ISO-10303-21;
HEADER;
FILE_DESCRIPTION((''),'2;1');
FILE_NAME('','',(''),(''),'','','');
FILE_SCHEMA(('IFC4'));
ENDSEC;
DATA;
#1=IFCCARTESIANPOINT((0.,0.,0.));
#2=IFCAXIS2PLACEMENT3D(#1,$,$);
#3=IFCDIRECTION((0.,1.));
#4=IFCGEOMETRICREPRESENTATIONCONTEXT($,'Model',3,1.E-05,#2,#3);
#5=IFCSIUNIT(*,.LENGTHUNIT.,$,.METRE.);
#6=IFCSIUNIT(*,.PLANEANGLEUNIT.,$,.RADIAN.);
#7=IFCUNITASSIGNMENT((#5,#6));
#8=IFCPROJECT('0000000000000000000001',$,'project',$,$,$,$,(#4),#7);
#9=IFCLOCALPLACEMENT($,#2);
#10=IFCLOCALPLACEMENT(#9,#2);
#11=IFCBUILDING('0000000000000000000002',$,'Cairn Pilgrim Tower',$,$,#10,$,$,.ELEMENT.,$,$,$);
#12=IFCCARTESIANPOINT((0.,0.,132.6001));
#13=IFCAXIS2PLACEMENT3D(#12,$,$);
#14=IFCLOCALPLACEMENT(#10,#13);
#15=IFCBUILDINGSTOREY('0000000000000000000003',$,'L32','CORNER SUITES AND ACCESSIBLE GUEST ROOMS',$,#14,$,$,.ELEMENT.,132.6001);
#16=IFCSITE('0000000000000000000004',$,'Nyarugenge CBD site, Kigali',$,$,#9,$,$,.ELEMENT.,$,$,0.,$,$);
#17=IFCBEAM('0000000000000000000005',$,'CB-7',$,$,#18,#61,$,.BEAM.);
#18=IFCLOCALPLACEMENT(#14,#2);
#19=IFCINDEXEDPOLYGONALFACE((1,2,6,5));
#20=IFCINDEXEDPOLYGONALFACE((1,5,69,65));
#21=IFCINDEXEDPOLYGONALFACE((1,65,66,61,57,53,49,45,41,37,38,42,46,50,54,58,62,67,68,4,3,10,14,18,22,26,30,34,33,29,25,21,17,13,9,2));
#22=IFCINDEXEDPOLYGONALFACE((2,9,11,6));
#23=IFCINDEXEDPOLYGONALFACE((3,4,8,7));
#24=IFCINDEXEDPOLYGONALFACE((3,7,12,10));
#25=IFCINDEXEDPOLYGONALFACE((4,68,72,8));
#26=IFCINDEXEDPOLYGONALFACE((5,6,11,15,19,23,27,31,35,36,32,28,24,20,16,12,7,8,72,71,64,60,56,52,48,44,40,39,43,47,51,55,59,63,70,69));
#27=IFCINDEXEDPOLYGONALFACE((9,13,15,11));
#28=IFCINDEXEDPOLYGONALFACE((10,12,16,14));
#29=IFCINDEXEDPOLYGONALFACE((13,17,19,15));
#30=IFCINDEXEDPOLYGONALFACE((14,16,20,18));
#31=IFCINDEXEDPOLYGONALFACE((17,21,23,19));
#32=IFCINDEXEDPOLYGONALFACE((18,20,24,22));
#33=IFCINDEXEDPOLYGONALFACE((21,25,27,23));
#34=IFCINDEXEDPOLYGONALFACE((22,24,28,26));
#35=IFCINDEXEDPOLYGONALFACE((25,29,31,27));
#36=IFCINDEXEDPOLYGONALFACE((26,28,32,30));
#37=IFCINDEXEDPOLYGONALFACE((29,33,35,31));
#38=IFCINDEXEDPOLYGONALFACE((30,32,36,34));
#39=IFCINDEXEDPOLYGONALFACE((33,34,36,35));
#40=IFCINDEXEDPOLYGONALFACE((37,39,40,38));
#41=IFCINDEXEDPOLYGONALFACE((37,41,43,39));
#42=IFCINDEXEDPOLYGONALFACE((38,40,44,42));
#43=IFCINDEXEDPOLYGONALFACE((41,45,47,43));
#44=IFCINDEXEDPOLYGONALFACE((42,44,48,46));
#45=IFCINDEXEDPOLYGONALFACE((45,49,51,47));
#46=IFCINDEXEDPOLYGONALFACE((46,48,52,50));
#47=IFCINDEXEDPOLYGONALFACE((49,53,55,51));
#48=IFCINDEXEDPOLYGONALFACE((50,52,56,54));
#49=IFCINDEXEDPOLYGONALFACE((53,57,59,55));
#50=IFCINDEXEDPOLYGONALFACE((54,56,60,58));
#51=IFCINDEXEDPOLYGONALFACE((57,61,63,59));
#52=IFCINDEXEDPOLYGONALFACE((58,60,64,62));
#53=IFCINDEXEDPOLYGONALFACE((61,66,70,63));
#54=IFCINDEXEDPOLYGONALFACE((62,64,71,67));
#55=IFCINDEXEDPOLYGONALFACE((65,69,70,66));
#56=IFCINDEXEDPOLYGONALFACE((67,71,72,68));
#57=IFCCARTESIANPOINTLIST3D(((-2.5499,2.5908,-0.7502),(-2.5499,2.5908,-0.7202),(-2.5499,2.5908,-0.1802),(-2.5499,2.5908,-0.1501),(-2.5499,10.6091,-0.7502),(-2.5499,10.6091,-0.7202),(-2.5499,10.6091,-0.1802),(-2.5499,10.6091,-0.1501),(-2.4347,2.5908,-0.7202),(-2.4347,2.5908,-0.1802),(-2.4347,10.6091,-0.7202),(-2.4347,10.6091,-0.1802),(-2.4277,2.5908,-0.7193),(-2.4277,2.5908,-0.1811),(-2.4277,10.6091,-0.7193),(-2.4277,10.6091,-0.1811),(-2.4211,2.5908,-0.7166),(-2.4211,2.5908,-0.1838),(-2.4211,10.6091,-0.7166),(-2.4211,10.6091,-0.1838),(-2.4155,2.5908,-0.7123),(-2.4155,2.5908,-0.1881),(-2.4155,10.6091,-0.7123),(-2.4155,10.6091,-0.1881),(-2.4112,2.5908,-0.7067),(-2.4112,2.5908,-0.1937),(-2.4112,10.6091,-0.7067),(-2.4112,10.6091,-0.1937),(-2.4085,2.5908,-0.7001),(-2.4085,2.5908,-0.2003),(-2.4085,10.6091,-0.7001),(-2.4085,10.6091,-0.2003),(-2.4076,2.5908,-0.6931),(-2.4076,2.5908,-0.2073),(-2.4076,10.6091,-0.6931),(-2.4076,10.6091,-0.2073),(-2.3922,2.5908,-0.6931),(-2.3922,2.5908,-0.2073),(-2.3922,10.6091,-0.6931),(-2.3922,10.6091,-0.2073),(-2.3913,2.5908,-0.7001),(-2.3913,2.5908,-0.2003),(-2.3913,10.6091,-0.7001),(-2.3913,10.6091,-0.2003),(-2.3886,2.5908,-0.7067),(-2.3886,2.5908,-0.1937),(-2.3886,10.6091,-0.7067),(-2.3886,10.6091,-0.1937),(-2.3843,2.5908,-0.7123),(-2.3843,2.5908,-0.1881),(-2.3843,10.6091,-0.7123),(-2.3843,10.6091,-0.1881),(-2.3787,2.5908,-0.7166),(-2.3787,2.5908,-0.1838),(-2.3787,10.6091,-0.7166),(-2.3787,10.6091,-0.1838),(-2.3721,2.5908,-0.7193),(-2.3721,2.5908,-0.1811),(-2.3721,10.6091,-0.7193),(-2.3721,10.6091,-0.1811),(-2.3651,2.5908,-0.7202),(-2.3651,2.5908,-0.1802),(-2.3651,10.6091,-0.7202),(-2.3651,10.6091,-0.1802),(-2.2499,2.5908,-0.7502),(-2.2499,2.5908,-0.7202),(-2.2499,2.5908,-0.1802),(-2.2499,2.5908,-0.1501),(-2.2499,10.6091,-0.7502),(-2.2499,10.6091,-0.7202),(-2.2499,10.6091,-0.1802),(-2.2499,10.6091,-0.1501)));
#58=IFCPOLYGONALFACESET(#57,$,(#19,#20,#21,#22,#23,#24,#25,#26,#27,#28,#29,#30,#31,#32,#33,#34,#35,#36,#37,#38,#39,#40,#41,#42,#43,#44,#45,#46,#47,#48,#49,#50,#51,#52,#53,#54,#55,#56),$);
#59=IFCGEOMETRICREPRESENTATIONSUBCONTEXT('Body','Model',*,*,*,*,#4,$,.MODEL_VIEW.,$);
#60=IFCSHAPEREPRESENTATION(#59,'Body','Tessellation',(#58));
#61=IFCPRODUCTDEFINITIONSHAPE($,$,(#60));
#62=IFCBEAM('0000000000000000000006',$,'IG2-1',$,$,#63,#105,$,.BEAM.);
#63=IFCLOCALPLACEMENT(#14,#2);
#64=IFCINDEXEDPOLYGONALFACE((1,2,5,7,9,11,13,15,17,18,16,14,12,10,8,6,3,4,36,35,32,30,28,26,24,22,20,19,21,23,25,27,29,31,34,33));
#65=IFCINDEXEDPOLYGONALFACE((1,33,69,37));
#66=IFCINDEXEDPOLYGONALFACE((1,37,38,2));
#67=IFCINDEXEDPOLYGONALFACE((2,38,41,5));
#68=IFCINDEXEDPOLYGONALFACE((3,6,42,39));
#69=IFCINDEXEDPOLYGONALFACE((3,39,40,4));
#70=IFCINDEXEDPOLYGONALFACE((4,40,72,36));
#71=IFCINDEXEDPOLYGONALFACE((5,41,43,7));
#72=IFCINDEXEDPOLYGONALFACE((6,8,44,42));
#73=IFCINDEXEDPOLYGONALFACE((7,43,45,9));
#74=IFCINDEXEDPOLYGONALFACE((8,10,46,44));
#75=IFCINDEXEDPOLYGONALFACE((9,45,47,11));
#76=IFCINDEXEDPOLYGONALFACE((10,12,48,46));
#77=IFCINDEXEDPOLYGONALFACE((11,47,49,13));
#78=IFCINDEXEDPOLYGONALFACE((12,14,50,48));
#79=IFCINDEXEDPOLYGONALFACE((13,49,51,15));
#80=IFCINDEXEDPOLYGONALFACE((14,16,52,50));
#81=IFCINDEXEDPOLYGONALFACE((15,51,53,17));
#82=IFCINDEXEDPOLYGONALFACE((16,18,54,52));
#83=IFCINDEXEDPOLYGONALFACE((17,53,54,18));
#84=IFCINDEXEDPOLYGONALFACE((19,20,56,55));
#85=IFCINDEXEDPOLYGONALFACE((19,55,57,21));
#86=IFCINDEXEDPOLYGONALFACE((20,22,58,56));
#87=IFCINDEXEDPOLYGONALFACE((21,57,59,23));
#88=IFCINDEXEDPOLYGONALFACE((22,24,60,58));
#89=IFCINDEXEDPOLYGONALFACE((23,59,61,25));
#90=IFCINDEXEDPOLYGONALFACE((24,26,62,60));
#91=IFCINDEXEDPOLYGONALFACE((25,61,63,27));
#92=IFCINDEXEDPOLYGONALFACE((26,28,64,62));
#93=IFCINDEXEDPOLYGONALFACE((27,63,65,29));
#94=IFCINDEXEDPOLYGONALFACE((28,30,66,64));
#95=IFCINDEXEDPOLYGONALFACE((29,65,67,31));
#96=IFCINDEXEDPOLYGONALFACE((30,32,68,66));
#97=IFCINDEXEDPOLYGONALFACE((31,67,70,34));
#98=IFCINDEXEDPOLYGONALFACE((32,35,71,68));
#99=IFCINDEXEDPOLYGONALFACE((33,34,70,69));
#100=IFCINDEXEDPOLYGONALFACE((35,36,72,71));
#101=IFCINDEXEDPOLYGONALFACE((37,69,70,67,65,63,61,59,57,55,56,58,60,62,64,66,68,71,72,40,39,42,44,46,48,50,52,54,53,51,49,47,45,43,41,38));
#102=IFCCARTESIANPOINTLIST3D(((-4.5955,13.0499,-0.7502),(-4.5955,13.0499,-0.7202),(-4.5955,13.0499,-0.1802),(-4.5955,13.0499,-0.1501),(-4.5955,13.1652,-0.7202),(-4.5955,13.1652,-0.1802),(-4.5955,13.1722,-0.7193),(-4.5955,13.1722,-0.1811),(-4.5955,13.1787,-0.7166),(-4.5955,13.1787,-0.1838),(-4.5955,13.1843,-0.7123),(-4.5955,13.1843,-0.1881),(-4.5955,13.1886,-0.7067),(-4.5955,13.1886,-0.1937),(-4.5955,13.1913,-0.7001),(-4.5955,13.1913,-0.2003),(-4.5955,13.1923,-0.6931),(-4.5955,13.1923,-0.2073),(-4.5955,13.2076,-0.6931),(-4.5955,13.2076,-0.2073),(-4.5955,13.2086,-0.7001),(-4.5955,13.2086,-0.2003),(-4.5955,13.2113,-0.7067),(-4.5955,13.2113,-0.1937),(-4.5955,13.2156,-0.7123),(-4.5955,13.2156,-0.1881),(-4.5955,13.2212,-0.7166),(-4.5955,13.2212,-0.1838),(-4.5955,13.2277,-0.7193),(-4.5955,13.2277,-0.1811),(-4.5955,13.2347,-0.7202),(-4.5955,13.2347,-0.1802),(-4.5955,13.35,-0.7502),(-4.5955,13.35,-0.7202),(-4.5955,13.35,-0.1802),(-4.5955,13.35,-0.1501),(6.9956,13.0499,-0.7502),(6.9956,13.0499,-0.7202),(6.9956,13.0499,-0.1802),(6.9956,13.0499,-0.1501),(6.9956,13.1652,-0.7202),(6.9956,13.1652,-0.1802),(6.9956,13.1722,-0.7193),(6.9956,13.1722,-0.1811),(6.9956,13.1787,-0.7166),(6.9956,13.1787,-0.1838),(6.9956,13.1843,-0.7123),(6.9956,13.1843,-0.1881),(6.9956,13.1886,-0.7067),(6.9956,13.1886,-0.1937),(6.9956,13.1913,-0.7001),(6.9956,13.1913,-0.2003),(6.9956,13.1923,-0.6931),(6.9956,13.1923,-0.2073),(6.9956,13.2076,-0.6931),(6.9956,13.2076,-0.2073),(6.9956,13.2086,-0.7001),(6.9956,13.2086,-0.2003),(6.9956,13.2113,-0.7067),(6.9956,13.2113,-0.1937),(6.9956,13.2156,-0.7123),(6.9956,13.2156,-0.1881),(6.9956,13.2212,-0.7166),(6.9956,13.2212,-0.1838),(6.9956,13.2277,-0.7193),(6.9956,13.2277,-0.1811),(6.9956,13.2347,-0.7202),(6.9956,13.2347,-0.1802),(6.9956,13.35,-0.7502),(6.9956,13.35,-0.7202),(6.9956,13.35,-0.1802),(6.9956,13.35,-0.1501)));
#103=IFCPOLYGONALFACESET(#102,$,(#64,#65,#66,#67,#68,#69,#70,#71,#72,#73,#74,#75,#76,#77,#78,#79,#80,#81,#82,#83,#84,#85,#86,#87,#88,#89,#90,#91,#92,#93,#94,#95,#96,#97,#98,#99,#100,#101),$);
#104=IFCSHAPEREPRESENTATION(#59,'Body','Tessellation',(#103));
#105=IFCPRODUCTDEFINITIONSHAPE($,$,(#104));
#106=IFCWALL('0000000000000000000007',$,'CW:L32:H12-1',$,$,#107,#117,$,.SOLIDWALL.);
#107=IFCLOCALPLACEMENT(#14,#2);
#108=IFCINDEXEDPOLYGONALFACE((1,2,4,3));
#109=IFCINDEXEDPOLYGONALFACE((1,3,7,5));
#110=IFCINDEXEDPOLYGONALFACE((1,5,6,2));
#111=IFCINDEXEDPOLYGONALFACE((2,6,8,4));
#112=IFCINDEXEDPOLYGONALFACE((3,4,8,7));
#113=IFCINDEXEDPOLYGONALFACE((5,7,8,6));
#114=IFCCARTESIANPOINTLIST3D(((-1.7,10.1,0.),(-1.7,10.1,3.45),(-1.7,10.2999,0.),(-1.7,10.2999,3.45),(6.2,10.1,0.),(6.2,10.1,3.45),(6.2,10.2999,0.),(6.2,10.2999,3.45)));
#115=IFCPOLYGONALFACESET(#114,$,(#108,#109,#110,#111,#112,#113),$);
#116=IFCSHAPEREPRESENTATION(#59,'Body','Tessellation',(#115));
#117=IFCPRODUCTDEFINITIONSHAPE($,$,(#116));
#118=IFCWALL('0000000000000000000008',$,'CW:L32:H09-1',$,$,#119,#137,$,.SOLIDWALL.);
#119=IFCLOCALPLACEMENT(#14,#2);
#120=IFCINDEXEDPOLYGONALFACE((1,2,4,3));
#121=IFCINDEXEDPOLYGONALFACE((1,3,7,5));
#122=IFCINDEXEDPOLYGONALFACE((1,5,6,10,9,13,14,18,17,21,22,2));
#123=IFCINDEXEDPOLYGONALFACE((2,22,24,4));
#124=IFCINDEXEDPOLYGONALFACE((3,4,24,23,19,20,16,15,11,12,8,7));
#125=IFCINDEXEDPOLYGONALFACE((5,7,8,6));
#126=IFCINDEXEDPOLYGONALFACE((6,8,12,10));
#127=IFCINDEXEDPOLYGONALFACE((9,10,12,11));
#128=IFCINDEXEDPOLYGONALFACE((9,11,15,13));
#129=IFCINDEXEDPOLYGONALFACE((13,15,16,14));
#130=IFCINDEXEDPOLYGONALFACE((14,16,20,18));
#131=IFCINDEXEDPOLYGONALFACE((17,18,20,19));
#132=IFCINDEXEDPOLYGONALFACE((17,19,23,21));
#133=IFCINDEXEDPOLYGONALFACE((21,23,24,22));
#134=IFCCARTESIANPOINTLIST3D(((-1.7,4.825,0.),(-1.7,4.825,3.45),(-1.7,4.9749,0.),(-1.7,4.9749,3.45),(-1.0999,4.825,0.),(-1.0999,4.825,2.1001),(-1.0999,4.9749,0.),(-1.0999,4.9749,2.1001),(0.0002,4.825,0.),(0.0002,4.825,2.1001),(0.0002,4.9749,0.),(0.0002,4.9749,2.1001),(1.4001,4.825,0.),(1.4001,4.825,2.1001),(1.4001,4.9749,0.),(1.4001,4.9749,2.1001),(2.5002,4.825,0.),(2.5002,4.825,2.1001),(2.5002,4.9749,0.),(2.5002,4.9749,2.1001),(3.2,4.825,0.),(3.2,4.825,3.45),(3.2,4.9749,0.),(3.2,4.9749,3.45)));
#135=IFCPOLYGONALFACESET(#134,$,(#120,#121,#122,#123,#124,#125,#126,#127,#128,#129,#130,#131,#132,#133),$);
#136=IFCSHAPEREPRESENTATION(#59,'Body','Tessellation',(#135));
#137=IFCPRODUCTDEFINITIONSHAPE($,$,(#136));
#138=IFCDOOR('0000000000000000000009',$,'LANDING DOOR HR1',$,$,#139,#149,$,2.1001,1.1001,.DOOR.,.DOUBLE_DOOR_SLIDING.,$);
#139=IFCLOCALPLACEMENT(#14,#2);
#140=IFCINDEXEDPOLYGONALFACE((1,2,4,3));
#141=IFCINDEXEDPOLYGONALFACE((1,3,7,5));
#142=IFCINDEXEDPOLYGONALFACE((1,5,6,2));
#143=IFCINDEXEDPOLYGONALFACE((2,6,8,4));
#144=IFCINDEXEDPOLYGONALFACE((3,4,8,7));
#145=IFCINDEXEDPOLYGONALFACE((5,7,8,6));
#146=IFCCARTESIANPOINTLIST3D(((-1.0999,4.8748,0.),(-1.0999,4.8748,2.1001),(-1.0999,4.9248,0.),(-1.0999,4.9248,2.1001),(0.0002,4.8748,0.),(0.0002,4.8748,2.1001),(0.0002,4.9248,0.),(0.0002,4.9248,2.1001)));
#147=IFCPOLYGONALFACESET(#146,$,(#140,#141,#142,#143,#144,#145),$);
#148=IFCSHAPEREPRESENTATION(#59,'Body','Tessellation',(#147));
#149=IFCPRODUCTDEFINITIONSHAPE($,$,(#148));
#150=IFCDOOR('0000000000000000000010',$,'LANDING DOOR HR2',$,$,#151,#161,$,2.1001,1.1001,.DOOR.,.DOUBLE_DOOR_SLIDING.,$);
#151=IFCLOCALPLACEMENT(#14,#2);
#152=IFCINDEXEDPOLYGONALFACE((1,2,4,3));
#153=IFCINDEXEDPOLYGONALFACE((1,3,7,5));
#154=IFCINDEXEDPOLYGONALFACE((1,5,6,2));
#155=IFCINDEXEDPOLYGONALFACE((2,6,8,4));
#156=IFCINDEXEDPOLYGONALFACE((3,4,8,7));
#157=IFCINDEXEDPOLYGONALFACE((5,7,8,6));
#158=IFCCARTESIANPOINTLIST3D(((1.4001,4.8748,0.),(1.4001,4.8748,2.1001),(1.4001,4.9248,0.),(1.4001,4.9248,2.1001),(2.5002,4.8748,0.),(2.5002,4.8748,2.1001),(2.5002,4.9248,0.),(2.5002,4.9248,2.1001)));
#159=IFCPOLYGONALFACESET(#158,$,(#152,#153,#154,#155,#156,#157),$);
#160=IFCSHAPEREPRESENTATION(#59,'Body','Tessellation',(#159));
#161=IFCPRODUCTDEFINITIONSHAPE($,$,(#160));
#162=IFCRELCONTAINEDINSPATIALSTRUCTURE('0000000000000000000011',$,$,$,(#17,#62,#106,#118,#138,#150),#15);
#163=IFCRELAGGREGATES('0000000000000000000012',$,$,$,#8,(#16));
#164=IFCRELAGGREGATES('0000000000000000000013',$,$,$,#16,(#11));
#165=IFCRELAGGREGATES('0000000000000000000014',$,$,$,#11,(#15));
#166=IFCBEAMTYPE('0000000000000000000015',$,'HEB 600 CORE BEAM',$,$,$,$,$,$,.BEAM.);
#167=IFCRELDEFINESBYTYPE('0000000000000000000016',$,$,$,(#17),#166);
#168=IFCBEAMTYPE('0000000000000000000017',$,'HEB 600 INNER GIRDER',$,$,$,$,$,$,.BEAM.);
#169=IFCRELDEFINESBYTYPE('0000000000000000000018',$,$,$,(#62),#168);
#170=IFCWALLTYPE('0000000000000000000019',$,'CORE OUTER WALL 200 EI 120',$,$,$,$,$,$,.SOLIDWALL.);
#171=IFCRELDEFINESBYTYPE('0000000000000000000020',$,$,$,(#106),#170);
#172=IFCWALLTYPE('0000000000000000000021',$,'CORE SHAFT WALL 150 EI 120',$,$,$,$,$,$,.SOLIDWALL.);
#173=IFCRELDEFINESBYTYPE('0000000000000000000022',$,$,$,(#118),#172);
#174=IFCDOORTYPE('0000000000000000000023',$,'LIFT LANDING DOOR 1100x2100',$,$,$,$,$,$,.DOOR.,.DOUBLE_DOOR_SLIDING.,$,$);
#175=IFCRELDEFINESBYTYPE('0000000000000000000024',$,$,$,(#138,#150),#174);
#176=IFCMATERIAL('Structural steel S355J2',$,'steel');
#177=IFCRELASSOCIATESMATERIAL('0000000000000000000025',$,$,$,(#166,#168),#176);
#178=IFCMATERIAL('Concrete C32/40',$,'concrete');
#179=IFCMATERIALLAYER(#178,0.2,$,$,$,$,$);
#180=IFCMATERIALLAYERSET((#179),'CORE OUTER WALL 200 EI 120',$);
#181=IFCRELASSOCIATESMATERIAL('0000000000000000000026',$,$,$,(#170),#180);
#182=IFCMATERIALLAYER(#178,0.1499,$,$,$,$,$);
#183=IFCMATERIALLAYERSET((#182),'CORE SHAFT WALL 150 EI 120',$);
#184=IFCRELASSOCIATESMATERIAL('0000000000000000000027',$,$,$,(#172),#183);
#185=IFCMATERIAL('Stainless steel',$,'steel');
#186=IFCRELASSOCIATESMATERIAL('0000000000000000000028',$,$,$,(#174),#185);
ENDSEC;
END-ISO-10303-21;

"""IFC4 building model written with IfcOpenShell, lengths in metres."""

from ifc_helpers import new_model, si_unit, direction, frame, frame_2d, origin, origin_2d, place, context, subcontext, project, spatial, rectangle, i_section, extrude, material, layer, layer_set, material_profile, profile_set, type_object, element, fill, save


model = new_model("IFC4")

# Units and contexts
model_context = context("Model", 3, precision=1e-05, world=origin(), true_north=direction((0.0, 1.0)))
body_context = subcontext(model_context, "Body", "Model", "MODEL_VIEW")
ifc_project = project(units=[si_unit("LENGTHUNIT", "METRE"), si_unit("PLANEANGLEUNIT", "RADIAN")], contexts=[model_context])

# Site, building, storey
site_placement = place(None, origin())
site = spatial("IfcSite", under=ifc_project, at=site_placement, Name="Nyarugenge CBD site, Kigali", CompositionType="ELEMENT", RefElevation=0.0)
building_placement = place(site_placement, origin())
building = spatial("IfcBuilding", under=site, at=building_placement, Name="Cairn Pilgrim Tower", CompositionType="ELEMENT")
storey_placement = place(building_placement, frame((0.0, 0.0, 132.6001)))
storey = spatial("IfcBuildingStorey", under=building, at=storey_placement, Name="L32", Description="CORNER SUITES AND ACCESSIBLE GUEST ROOMS", CompositionType="ELEMENT", Elevation=132.6001)

# Beams
ifc_material_1 = material(Name="Structural steel S355J2", Category="steel")
ifc_material_profile_1 = material_profile(ifc_material_1, i_section(OverallWidth=0.3, OverallDepth=0.6001, WebThickness=0.0154, FlangeThickness=0.03, FilletRadius=0.0271, at=origin_2d()), Name="HEB 600")
ifc_profile_set_1 = profile_set([ifc_material_profile_1], Name="Structural steel S355J2")
beam_type_1 = type_object("IfcBeamType", Name="HEB 600 CORE BEAM", PredefinedType="BEAM", material=ifc_profile_set_1)
beam_1_placement = place(storey_placement, frame((-2.3999, 10.6091, -0.4502), z_axis=(0.0, -1.0, 0.0), x_axis=(1.0, 0.0, 0.0)))
element("IfcBeam", 1, at=beam_1_placement, inside=storey, type_object=beam_type_1, Name="CB-7", PredefinedType="BEAM", context=body_context, shape_type="SweptSolid", body=[
    extrude(i_section(OverallWidth=0.3, OverallDepth=0.6001, WebThickness=0.0154, FlangeThickness=0.03, FilletRadius=0.0271, at=origin_2d()), origin(), (0.0, 0.0, 1.0), 8.0183),
])
ifc_material_profile_2 = material_profile(ifc_material_1, i_section(OverallWidth=0.3, OverallDepth=0.6001, WebThickness=0.0154, FlangeThickness=0.03, FilletRadius=0.0271, at=origin_2d()), Name="HEB 600")
ifc_profile_set_2 = profile_set([ifc_material_profile_2], Name="Structural steel S355J2")
beam_type_2 = type_object("IfcBeamType", Name="HEB 600 INNER GIRDER", PredefinedType="BEAM", material=ifc_profile_set_2)
beam_2_placement = place(storey_placement, frame((-4.5955, 13.2, -0.4502), z_axis=(1.0, 0.0, 0.0), x_axis=(0.0, 1.0, 0.0)))
element("IfcBeam", 2, at=beam_2_placement, inside=storey, type_object=beam_type_2, Name="IG2-1", PredefinedType="BEAM", context=body_context, shape_type="SweptSolid", body=[
    extrude(i_section(OverallWidth=0.3, OverallDepth=0.6001, WebThickness=0.0154, FlangeThickness=0.03, FilletRadius=0.0271, at=origin_2d()), origin(), (0.0, 0.0, 1.0), 11.5911),
])

# Wall
ifc_material_2 = material(Name="Concrete C32/40", Category="concrete")
ifc_layer_1 = layer(ifc_material_2, 0.2)
ifc_layer_set_1 = layer_set([ifc_layer_1], Name="CORE OUTER WALL 200 EI 120")
wall_type_1 = type_object("IfcWallType", Name="CORE OUTER WALL 200 EI 120", PredefinedType="SOLIDWALL", material=ifc_layer_set_1)
wall_1_placement = place(storey_placement, frame((-1.7, 10.2, 0.0), z_axis=(0.0, 0.0, 1.0), x_axis=(1.0, 0.0, 0.0)))
element("IfcWall", 3, at=wall_1_placement, inside=storey, type_object=wall_type_1, Name="CW:L32:H12-1", PredefinedType="SOLIDWALL", context=body_context, shape_type="SweptSolid", body=[
    extrude(rectangle(XDim=7.8999, YDim=0.2, at=frame_2d((3.95, 0.0))), origin(), (0.0, 0.0, 1.0), 3.45),
])

# Wall, openings, doors
ifc_layer_2 = layer(ifc_material_2, 0.1499)
ifc_layer_set_2 = layer_set([ifc_layer_2], Name="CORE SHAFT WALL 150 EI 120")
wall_type_2 = type_object("IfcWallType", Name="CORE SHAFT WALL 150 EI 120", PredefinedType="SOLIDWALL", material=ifc_layer_set_2)
wall_2_placement = place(storey_placement, frame((-1.7, 4.8999, 0.0), z_axis=(0.0, 0.0, 1.0), x_axis=(1.0, 0.0, 0.0)))
wall_2 = element("IfcWall", 4, at=wall_2_placement, inside=storey, type_object=wall_type_2, Name="CW:L32:H09-1", PredefinedType="SOLIDWALL", context=body_context, shape_type="SweptSolid", body=[
    extrude(rectangle(XDim=4.8999, YDim=0.1499, at=frame_2d((2.45, 0.0))), origin(), (0.0, 0.0, 1.0), 3.45),
])
opening_1_placement = place(wall_2_placement, frame((0.6001, 0.0, 0.0)))
opening_1 = element("IfcOpeningElement", 5, at=opening_1_placement, cuts=wall_2, PredefinedType="OPENING", context=body_context, shape_type="SweptSolid", body=[
    extrude(rectangle(XDim=1.1001, YDim=2.1001, at=frame_2d((0.55, 1.05))), frame((0.0, 0.085, 0.0), z_axis=(0.0, -1.0, 0.0), x_axis=(1.0, 0.0, 0.0)), (0.0, 0.0, 1.0), 0.1699),
])
opening_2_placement = place(wall_2_placement, frame((3.1001, 0.0, 0.0)))
opening_2 = element("IfcOpeningElement", 6, at=opening_2_placement, cuts=wall_2, PredefinedType="OPENING", context=body_context, shape_type="SweptSolid", body=[
    extrude(rectangle(XDim=1.1001, YDim=2.1001, at=frame_2d((0.55, 1.05))), frame((0.0, 0.085, 0.0), z_axis=(0.0, -1.0, 0.0), x_axis=(1.0, 0.0, 0.0)), (0.0, 0.0, 1.0), 0.1699),
])
ifc_material_3 = material(Name="Stainless steel", Category="steel")
door_type_1 = type_object("IfcDoorType", Name="LIFT LANDING DOOR 1100x2100", OperationType="DOUBLE_DOOR_SLIDING", PredefinedType="DOOR", material=ifc_material_3)
door_1_placement = place(opening_1_placement, origin())
door_1 = element("IfcDoor", 7, at=door_1_placement, inside=storey, type_object=door_type_1, Name="LANDING DOOR HR1", OperationType="DOUBLE_DOOR_SLIDING", OverallHeight=2.1001, OverallWidth=1.1001, PredefinedType="DOOR", context=body_context, shape_type="SweptSolid", body=[
    extrude(rectangle(XDim=1.1001, YDim=2.1001, at=frame_2d((0.55, 1.05))), frame((0.0, 0.0249, 0.0), z_axis=(0.0, -1.0, 0.0), x_axis=(1.0, 0.0, 0.0)), (0.0, 0.0, 1.0), 0.05),
])
fill(opening_1, door_1)
door_2_placement = place(opening_2_placement, origin())
door_2 = element("IfcDoor", 8, at=door_2_placement, inside=storey, type_object=door_type_1, Name="LANDING DOOR HR2", OperationType="DOUBLE_DOOR_SLIDING", OverallHeight=2.1001, OverallWidth=1.1001, PredefinedType="DOOR", context=body_context, shape_type="SweptSolid", body=[
    extrude(rectangle(XDim=1.1001, YDim=2.1001, at=frame_2d((0.55, 1.05))), frame((0.0, 0.0249, 0.0), z_axis=(0.0, -1.0, 0.0), x_axis=(1.0, 0.0, 0.0)), (0.0, 0.0, 1.0), 0.05),
])
fill(opening_2, door_2)

save(model, "model.ifc")
